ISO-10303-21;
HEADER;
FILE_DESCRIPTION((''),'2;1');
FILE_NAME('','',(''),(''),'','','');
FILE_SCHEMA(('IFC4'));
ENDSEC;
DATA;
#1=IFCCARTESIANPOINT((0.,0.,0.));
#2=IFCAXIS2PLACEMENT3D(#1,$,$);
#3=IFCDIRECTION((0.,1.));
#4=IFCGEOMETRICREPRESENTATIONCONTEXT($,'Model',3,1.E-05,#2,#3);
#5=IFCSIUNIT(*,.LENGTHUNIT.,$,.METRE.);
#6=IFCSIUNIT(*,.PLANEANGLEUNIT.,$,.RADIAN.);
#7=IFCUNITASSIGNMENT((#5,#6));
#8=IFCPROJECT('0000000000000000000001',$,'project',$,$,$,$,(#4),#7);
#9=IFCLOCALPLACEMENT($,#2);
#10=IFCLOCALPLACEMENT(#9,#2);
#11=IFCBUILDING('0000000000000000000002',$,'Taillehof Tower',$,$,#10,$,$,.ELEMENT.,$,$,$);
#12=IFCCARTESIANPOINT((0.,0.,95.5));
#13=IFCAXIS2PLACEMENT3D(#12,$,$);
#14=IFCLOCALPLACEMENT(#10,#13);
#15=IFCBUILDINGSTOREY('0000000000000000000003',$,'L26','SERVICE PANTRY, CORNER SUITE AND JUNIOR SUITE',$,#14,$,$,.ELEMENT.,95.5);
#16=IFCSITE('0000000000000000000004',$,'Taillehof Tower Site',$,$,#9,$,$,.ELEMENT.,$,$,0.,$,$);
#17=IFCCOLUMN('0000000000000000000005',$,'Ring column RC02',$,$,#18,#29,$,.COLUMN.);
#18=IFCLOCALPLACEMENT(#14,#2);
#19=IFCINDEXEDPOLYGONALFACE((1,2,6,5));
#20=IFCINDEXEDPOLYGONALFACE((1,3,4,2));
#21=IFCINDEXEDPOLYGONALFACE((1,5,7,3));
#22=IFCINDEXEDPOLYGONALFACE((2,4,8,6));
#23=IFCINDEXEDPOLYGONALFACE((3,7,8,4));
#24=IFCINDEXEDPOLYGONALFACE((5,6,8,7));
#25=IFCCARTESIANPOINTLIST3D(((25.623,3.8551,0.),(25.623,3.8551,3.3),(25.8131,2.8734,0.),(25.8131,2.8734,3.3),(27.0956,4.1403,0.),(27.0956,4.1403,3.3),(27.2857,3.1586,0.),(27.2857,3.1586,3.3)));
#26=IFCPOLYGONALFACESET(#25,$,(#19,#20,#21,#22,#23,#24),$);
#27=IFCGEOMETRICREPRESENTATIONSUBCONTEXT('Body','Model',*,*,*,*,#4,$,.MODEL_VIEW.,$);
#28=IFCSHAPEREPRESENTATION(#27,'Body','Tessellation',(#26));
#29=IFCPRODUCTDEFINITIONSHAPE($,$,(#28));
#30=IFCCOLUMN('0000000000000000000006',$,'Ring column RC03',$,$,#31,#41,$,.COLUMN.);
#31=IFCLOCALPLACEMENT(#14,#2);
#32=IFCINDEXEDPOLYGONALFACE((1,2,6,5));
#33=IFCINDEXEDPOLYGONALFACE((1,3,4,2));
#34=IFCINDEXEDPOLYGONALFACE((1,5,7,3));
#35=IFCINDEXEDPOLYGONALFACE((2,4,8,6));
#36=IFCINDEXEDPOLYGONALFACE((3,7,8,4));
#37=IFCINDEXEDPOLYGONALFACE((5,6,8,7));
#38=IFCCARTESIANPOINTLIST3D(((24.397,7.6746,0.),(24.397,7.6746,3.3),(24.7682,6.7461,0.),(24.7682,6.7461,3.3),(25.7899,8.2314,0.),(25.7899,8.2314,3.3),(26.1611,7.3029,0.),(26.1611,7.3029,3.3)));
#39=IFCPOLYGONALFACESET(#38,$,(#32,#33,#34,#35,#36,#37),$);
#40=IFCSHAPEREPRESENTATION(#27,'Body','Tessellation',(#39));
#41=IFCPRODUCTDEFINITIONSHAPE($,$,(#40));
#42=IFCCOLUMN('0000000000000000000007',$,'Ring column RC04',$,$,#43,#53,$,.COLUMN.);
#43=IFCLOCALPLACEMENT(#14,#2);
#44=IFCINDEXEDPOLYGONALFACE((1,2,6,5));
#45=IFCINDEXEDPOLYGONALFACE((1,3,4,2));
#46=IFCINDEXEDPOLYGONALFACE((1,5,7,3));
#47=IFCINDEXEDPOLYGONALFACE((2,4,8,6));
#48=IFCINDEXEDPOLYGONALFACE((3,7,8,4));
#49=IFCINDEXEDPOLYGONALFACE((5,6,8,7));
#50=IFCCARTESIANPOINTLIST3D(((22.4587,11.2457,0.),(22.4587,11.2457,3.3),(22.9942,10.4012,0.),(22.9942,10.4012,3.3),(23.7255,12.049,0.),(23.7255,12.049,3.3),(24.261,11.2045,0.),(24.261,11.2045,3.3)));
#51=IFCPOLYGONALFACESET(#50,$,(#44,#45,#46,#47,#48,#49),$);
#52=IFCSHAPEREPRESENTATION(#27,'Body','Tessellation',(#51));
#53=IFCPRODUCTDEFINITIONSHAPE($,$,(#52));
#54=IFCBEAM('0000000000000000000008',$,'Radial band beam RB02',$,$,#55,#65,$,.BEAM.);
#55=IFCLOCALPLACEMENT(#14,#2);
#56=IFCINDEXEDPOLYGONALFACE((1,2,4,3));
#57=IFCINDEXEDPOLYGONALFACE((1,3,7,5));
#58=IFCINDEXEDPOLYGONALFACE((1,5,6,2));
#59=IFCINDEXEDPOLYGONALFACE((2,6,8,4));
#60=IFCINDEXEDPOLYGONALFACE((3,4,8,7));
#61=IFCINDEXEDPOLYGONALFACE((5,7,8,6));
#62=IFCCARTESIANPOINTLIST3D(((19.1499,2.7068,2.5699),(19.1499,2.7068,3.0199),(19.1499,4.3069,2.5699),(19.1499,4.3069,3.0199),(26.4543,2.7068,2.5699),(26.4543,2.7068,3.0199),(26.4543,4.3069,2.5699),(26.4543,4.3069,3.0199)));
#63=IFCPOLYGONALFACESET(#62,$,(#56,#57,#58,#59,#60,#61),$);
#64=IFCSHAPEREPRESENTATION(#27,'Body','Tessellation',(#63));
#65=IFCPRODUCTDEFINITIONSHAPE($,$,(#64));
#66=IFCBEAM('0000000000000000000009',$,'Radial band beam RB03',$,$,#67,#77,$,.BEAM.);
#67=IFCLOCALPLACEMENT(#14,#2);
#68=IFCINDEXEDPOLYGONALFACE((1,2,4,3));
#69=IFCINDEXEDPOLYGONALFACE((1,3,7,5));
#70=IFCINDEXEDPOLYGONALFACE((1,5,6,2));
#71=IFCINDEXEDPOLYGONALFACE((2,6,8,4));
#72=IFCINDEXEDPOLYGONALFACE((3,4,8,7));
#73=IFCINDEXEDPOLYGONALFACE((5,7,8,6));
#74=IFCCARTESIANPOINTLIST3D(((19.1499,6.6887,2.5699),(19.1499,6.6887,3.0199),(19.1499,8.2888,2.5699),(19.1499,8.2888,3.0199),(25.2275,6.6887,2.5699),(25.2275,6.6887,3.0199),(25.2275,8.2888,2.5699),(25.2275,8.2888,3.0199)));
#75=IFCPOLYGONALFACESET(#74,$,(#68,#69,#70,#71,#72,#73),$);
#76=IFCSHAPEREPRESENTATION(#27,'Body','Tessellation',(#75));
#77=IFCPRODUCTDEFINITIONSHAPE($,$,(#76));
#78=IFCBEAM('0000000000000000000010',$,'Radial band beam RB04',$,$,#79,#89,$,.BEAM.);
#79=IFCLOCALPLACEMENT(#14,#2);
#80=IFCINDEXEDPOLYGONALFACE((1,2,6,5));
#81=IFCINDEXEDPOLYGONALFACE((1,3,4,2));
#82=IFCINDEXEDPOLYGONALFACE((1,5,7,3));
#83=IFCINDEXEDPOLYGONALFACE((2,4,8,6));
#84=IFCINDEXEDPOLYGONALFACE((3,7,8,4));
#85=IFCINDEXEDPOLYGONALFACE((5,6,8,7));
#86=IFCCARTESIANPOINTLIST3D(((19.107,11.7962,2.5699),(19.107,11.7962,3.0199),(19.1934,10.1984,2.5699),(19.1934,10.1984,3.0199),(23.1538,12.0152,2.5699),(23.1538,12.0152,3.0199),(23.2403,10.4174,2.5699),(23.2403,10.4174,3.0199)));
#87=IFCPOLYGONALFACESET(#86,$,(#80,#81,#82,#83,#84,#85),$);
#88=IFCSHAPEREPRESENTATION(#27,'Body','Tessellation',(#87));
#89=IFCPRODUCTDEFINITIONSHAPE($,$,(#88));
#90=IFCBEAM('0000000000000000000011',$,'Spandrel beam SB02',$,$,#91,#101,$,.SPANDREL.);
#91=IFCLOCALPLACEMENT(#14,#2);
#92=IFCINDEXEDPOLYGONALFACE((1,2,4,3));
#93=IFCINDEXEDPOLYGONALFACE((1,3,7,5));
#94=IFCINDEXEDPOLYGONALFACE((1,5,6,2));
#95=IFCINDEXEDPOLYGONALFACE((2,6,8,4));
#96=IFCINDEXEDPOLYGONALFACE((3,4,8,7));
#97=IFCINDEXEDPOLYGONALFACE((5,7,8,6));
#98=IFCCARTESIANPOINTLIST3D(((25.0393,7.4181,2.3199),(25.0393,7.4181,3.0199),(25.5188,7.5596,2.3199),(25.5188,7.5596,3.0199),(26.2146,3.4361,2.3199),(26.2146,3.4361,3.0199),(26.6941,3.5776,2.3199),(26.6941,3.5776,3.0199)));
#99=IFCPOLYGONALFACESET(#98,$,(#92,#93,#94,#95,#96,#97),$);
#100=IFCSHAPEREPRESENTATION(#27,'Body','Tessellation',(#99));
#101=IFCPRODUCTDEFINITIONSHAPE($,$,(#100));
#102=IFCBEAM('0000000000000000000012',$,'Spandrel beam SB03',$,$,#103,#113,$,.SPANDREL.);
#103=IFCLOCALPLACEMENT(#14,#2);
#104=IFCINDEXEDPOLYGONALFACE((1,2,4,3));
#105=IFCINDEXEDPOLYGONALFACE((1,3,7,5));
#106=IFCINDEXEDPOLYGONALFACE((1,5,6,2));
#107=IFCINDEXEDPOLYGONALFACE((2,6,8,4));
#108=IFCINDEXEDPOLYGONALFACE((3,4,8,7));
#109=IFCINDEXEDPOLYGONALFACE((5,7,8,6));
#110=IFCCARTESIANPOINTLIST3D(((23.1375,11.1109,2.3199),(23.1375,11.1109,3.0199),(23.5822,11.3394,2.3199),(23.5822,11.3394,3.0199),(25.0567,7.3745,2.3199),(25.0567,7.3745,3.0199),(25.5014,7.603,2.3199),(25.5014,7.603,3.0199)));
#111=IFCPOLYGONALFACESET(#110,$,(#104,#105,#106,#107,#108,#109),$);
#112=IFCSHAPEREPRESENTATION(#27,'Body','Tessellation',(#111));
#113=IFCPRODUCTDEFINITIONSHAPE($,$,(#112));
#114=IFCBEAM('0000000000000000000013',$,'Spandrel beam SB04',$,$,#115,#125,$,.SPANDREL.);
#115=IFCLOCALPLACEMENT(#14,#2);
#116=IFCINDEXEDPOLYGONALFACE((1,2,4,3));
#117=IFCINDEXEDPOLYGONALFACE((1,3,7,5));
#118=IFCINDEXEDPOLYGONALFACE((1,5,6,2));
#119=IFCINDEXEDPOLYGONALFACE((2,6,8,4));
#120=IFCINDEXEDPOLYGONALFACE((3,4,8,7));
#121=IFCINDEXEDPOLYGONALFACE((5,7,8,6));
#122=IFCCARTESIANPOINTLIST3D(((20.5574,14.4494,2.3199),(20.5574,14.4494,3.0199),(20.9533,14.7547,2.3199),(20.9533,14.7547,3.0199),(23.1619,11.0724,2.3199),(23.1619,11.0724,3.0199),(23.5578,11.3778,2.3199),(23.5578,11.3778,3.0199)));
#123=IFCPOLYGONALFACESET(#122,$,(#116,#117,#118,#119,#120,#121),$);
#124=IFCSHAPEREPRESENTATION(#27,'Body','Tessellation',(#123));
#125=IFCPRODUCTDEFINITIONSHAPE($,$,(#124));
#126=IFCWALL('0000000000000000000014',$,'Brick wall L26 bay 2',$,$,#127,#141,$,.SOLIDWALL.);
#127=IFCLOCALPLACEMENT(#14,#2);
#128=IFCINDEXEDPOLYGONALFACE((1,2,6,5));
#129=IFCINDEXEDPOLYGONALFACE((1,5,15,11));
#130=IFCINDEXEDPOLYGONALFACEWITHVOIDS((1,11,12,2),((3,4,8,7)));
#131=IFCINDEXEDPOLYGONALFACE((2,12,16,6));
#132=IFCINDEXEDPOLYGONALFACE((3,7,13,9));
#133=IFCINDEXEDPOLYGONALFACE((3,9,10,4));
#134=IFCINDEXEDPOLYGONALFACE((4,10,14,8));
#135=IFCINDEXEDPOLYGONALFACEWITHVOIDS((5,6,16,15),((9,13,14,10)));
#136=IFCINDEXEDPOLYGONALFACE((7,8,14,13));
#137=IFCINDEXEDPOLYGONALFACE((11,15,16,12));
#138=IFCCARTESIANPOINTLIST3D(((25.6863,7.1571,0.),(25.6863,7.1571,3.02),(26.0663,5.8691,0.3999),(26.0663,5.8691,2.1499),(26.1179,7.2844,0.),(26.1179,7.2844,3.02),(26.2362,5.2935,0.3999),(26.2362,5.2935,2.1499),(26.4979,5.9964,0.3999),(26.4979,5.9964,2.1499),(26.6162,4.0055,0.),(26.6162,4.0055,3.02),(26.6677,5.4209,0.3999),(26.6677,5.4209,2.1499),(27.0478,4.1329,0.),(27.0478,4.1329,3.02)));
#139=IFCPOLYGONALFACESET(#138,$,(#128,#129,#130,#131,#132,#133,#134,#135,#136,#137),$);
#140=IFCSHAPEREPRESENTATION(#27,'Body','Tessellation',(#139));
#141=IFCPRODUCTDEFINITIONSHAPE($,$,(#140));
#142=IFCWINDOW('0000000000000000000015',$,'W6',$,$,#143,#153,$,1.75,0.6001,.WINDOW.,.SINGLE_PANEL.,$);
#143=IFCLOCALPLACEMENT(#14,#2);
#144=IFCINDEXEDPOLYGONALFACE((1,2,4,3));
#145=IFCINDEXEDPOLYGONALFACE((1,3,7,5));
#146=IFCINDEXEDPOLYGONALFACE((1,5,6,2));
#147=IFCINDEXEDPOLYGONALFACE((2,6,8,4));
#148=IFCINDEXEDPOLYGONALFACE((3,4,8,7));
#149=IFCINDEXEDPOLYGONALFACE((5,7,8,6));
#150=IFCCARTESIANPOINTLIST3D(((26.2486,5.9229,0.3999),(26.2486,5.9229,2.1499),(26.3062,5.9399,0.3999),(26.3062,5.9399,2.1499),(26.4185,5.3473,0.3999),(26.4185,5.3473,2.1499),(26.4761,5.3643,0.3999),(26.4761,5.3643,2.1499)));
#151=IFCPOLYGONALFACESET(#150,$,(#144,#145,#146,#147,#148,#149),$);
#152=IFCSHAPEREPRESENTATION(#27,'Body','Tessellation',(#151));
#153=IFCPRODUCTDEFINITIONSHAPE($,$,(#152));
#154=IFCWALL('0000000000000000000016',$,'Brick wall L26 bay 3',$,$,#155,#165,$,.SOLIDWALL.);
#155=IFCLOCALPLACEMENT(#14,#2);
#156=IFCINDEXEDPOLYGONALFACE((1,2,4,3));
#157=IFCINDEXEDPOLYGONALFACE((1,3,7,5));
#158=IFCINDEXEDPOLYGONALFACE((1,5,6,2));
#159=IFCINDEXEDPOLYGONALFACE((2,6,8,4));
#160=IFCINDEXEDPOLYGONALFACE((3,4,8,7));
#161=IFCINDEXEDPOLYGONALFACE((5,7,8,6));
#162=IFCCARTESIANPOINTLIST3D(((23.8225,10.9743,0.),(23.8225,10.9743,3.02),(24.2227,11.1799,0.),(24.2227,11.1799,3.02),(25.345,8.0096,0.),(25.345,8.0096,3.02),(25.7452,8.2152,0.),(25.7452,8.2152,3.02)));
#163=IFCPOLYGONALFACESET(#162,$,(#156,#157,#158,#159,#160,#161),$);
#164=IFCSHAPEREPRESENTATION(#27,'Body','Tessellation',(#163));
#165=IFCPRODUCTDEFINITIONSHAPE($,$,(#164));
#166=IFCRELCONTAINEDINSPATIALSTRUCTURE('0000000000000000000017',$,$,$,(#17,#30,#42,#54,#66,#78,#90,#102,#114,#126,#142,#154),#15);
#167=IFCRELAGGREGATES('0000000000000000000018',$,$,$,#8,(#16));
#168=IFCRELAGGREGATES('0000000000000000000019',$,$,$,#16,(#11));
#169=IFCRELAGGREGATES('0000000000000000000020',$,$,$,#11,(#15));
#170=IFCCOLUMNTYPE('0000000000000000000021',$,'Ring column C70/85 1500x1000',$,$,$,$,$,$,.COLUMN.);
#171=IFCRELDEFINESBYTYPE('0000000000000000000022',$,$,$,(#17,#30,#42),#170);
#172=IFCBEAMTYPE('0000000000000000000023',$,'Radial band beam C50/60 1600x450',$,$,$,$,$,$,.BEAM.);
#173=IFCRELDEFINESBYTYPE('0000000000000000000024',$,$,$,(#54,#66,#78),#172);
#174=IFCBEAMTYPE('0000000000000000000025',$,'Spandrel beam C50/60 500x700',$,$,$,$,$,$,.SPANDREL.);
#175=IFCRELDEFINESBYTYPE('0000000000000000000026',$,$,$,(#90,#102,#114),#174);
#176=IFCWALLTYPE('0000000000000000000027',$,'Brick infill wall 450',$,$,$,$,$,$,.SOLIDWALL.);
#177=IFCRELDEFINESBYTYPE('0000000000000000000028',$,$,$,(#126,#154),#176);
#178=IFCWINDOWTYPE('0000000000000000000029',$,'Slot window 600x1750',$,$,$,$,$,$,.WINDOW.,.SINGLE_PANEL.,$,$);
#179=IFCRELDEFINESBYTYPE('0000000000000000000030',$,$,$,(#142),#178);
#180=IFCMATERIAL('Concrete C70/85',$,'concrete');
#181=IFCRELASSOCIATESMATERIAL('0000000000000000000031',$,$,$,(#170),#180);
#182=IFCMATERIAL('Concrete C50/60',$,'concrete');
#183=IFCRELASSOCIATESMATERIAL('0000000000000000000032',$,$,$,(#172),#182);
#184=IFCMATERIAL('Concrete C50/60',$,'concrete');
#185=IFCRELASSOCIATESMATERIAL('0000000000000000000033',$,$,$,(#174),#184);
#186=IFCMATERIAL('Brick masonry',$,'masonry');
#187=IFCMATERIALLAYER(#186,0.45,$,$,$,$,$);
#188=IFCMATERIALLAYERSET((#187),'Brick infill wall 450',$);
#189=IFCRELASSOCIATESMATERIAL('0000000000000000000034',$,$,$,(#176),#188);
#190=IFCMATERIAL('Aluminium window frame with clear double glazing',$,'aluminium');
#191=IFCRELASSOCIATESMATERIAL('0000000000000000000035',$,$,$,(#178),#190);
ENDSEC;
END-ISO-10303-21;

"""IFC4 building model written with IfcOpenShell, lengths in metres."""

from ifc_helpers import new_model, si_unit, direction, frame, frame_2d, origin, origin_2d, place, context, subcontext, project, spatial, rectangle, extrude, material, layer, layer_set, material_profile, profile_set, type_object, element, fill, save


model = new_model("IFC4")

# Units and contexts
model_context = context("Model", 3, precision=1e-05, world=origin(), true_north=direction((0.0, 1.0)))
body_context = subcontext(model_context, "Body", "Model", "MODEL_VIEW")
ifc_project = project(units=[si_unit("LENGTHUNIT", "METRE"), si_unit("PLANEANGLEUNIT", "RADIAN")], contexts=[model_context])

# Site, building, storey
site_placement = place(None, origin())
site = spatial("IfcSite", under=ifc_project, at=site_placement, Name="Taillehof Tower Site", CompositionType="ELEMENT", RefElevation=0.0)
building_placement = place(site_placement, origin())
building = spatial("IfcBuilding", under=site, at=building_placement, Name="Taillehof Tower", CompositionType="ELEMENT")
storey_placement = place(building_placement, frame((0.0, 0.0, 95.5)))
storey = spatial("IfcBuildingStorey", under=building, at=storey_placement, Name="L26", Description="SERVICE PANTRY, CORNER SUITE AND JUNIOR SUITE", CompositionType="ELEMENT", Elevation=95.5)

# Columns
ifc_material_1 = material(Name="Concrete C70/85", Category="concrete")
ifc_material_profile_1 = material_profile(ifc_material_1, rectangle(XDim=1.5, YDim=1.0, at=origin_2d()), Name="RC 1500x1000")
ifc_profile_set_1 = profile_set([ifc_material_profile_1], Name="Concrete C70/85")
column_type = type_object("IfcColumnType", Name="Ring column C70/85 1500x1000", PredefinedType="COLUMN", material=ifc_profile_set_1)
for number, where, z_axis, x_axis, name in (
    (1, (26.4543, 3.5068, 0.0), (0.0, 0.0, 1.0), (0.981757, 0.190138, 0.0), "Ring column RC02"),
    (2, (25.2791, 7.4888, 0.0), (0.0, 0.0, 1.0), (0.92855, 0.371207, 0.0), "Ring column RC03"),
    (3, (23.3599, 11.2251, 0.0), (0.0, 0.0, 1.0), (0.844511, 0.535537, 0.0), "Ring column RC04"),
):
    element("IfcColumn", number, at=place(storey_placement, frame(where, z_axis=z_axis, x_axis=x_axis)), inside=storey, type_object=column_type, Name=name, PredefinedType="COLUMN", context=body_context, shape_type="SweptSolid", body=[
        extrude(rectangle(XDim=1.5, YDim=1.0, at=origin_2d()), origin(), (0.0, 0.0, 1.0), 3.3),
    ])

# Beams
ifc_material_2 = material(Name="Concrete C50/60", Category="concrete")
ifc_material_profile_2 = material_profile(ifc_material_2, rectangle(XDim=1.6001, YDim=0.45, at=origin_2d()), Name="RC 1600x450")
ifc_profile_set_2 = profile_set([ifc_material_profile_2], Name="Concrete C50/60")
beam_type_1 = type_object("IfcBeamType", Name="Radial band beam C50/60 1600x450", PredefinedType="BEAM", material=ifc_profile_set_2)
beam_1_placement = place(storey_placement, frame((26.4543, 3.5068, 2.7949), z_axis=(-1.0, 0.0, 0.0), x_axis=(0.0, -1.0, 0.0)))
element("IfcBeam", 4, at=beam_1_placement, inside=storey, type_object=beam_type_1, Name="Radial band beam RB02", PredefinedType="BEAM", context=body_context, shape_type="SweptSolid", body=[
    extrude(rectangle(XDim=1.6001, YDim=0.45, at=origin_2d()), origin(), (0.0, 0.0, 1.0), 7.3044),
])
beam_2_placement = place(storey_placement, frame((25.2275, 7.4888, 2.7949), z_axis=(-1.0, 0.0, 0.0), x_axis=(0.0, -1.0, 0.0)))
element("IfcBeam", 5, at=beam_2_placement, inside=storey, type_object=beam_type_1, Name="Radial band beam RB03", PredefinedType="BEAM", context=body_context, shape_type="SweptSolid", body=[
    extrude(rectangle(XDim=1.6001, YDim=0.45, at=origin_2d()), origin(), (0.0, 0.0, 1.0), 6.0776),
])
beam_3_placement = place(storey_placement, frame((23.197, 11.2163, 2.7949), z_axis=(-0.998539, -0.054035, 0.0), x_axis=(0.054035, -0.998539, 0.0)))
element("IfcBeam", 6, at=beam_3_placement, inside=storey, type_object=beam_type_1, Name="Radial band beam RB04", PredefinedType="BEAM", context=body_context, shape_type="SweptSolid", body=[
    extrude(rectangle(XDim=1.6001, YDim=0.45, at=origin_2d()), origin(), (0.0, 0.0, 1.0), 4.0527),
])
ifc_material_3 = material(Name="Concrete C50/60", Category="concrete")
ifc_material_profile_3 = material_profile(ifc_material_3, rectangle(XDim=0.5, YDim=0.7, at=origin_2d()), Name="RC 500x700")
ifc_profile_set_3 = profile_set([ifc_material_profile_3], Name="Concrete C50/60")
beam_type_2 = type_object("IfcBeamType", Name="Spandrel beam C50/60 500x700", PredefinedType="SPANDREL", material=ifc_profile_set_3)
beam_4_placement = place(storey_placement, frame((26.4543, 3.5068, 2.6699), z_axis=(-0.283083, 0.959095, 0.0), x_axis=(-0.959095, -0.283083, 0.0)))
element("IfcBeam", 7, at=beam_4_placement, inside=storey, type_object=beam_type_2, Name="Spandrel beam SB02", PredefinedType="SPANDREL", context=body_context, shape_type="SweptSolid", body=[
    extrude(rectangle(XDim=0.5, YDim=0.7, at=origin_2d()), origin(), (0.0, 0.0, 1.0), 4.1519),
])
beam_5_placement = place(storey_placement, frame((25.2791, 7.4888, 2.6699), z_axis=(-0.456905, 0.889515, 0.0), x_axis=(-0.889515, -0.456905, 0.0)))
element("IfcBeam", 8, at=beam_5_placement, inside=storey, type_object=beam_type_2, Name="Spandrel beam SB03", PredefinedType="SPANDREL", context=body_context, shape_type="SweptSolid", body=[
    extrude(rectangle(XDim=0.5, YDim=0.7, at=origin_2d()), origin(), (0.0, 0.0, 1.0), 4.2004),
])
beam_6_placement = place(storey_placement, frame((23.3599, 11.2251, 2.6699), z_axis=(-0.610717, 0.791849, 0.0), x_axis=(-0.791849, -0.610717, 0.0)))
element("IfcBeam", 9, at=beam_6_placement, inside=storey, type_object=beam_type_2, Name="Spandrel beam SB04", PredefinedType="SPANDREL", context=body_context, shape_type="SweptSolid", body=[
    extrude(rectangle(XDim=0.5, YDim=0.7, at=origin_2d()), origin(), (0.0, 0.0, 1.0), 4.2646),
])

# Wall, opening, window
ifc_material_4 = material(Name="Brick masonry", Category="masonry")
ifc_layer_1 = layer(ifc_material_4, 0.45)
ifc_layer_set_1 = layer_set([ifc_layer_1], Name="Brick infill wall 450")
wall_type_1 = type_object("IfcWallType", Name="Brick infill wall 450", PredefinedType="SOLIDWALL", material=ifc_layer_set_1)
wall_1_placement = place(storey_placement, frame((26.832, 4.0691, 0.0), z_axis=(0.0, 0.0, 1.0), x_axis=(-0.283003, 0.959119, 0.0)))
wall_1 = element("IfcWall", 10, at=wall_1_placement, inside=storey, type_object=wall_type_1, Name="Brick wall L26 bay 2", PredefinedType="SOLIDWALL", context=body_context, shape_type="SweptSolid", body=[
    extrude(rectangle(XDim=3.2859, YDim=0.45, at=frame_2d((1.6431, 0.0))), origin(), (0.0, 0.0, 1.0), 3.02),
])
opening_1_placement = place(wall_1_placement, frame((1.343, 0.0, 0.3999)))
opening_1 = element("IfcOpeningElement", 11, at=opening_1_placement, cuts=wall_1, PredefinedType="OPENING", context=body_context, shape_type="SweptSolid", body=[
    extrude(rectangle(XDim=0.6001, YDim=1.75, at=frame_2d((0.3, 0.875))), frame((0.0, 0.2349, 0.0), z_axis=(0.0, -1.0, 0.0), x_axis=(1.0, 0.0, 0.0)), (0.0, 0.0, 1.0), 0.47),
])
ifc_material_5 = material(Name="Aluminium window frame with clear double glazing", Category="aluminium")
window_type = type_object("IfcWindowType", Name="Slot window 600x1750", PartitioningType="SINGLE_PANEL", PredefinedType="WINDOW", material=ifc_material_5)
window_placement = place(opening_1_placement, origin())
window = element("IfcWindow", 12, at=window_placement, inside=storey, type_object=window_type, Name="W6", OverallHeight=1.75, OverallWidth=0.6001, PartitioningType="SINGLE_PANEL", PredefinedType="WINDOW", context=body_context, shape_type="SweptSolid", body=[
    extrude(rectangle(XDim=0.6001, YDim=1.75, at=frame_2d((0.3, 0.875))), frame((0.0, 0.0349, 0.0), z_axis=(0.0, -1.0, 0.0), x_axis=(1.0, 0.0, 0.0)), (0.0, 0.0, 1.0), 0.0601),
])
fill(opening_1, window)

# Wall
wall_2_placement = place(storey_placement, frame((25.5452, 8.1123, 0.0), z_axis=(0.0, 0.0, 1.0), x_axis=(-0.456828, 0.889555, 0.0)))
element("IfcWall", 13, at=wall_2_placement, inside=storey, type_object=wall_type_1, Name="Brick wall L26 bay 3", PredefinedType="SOLIDWALL", context=body_context, shape_type="SweptSolid", body=[
    extrude(rectangle(XDim=3.3328, YDim=0.45, at=frame_2d((1.6665, 0.0))), origin(), (0.0, 0.0, 1.0), 3.02),
])

save(model, "model.ifc")
